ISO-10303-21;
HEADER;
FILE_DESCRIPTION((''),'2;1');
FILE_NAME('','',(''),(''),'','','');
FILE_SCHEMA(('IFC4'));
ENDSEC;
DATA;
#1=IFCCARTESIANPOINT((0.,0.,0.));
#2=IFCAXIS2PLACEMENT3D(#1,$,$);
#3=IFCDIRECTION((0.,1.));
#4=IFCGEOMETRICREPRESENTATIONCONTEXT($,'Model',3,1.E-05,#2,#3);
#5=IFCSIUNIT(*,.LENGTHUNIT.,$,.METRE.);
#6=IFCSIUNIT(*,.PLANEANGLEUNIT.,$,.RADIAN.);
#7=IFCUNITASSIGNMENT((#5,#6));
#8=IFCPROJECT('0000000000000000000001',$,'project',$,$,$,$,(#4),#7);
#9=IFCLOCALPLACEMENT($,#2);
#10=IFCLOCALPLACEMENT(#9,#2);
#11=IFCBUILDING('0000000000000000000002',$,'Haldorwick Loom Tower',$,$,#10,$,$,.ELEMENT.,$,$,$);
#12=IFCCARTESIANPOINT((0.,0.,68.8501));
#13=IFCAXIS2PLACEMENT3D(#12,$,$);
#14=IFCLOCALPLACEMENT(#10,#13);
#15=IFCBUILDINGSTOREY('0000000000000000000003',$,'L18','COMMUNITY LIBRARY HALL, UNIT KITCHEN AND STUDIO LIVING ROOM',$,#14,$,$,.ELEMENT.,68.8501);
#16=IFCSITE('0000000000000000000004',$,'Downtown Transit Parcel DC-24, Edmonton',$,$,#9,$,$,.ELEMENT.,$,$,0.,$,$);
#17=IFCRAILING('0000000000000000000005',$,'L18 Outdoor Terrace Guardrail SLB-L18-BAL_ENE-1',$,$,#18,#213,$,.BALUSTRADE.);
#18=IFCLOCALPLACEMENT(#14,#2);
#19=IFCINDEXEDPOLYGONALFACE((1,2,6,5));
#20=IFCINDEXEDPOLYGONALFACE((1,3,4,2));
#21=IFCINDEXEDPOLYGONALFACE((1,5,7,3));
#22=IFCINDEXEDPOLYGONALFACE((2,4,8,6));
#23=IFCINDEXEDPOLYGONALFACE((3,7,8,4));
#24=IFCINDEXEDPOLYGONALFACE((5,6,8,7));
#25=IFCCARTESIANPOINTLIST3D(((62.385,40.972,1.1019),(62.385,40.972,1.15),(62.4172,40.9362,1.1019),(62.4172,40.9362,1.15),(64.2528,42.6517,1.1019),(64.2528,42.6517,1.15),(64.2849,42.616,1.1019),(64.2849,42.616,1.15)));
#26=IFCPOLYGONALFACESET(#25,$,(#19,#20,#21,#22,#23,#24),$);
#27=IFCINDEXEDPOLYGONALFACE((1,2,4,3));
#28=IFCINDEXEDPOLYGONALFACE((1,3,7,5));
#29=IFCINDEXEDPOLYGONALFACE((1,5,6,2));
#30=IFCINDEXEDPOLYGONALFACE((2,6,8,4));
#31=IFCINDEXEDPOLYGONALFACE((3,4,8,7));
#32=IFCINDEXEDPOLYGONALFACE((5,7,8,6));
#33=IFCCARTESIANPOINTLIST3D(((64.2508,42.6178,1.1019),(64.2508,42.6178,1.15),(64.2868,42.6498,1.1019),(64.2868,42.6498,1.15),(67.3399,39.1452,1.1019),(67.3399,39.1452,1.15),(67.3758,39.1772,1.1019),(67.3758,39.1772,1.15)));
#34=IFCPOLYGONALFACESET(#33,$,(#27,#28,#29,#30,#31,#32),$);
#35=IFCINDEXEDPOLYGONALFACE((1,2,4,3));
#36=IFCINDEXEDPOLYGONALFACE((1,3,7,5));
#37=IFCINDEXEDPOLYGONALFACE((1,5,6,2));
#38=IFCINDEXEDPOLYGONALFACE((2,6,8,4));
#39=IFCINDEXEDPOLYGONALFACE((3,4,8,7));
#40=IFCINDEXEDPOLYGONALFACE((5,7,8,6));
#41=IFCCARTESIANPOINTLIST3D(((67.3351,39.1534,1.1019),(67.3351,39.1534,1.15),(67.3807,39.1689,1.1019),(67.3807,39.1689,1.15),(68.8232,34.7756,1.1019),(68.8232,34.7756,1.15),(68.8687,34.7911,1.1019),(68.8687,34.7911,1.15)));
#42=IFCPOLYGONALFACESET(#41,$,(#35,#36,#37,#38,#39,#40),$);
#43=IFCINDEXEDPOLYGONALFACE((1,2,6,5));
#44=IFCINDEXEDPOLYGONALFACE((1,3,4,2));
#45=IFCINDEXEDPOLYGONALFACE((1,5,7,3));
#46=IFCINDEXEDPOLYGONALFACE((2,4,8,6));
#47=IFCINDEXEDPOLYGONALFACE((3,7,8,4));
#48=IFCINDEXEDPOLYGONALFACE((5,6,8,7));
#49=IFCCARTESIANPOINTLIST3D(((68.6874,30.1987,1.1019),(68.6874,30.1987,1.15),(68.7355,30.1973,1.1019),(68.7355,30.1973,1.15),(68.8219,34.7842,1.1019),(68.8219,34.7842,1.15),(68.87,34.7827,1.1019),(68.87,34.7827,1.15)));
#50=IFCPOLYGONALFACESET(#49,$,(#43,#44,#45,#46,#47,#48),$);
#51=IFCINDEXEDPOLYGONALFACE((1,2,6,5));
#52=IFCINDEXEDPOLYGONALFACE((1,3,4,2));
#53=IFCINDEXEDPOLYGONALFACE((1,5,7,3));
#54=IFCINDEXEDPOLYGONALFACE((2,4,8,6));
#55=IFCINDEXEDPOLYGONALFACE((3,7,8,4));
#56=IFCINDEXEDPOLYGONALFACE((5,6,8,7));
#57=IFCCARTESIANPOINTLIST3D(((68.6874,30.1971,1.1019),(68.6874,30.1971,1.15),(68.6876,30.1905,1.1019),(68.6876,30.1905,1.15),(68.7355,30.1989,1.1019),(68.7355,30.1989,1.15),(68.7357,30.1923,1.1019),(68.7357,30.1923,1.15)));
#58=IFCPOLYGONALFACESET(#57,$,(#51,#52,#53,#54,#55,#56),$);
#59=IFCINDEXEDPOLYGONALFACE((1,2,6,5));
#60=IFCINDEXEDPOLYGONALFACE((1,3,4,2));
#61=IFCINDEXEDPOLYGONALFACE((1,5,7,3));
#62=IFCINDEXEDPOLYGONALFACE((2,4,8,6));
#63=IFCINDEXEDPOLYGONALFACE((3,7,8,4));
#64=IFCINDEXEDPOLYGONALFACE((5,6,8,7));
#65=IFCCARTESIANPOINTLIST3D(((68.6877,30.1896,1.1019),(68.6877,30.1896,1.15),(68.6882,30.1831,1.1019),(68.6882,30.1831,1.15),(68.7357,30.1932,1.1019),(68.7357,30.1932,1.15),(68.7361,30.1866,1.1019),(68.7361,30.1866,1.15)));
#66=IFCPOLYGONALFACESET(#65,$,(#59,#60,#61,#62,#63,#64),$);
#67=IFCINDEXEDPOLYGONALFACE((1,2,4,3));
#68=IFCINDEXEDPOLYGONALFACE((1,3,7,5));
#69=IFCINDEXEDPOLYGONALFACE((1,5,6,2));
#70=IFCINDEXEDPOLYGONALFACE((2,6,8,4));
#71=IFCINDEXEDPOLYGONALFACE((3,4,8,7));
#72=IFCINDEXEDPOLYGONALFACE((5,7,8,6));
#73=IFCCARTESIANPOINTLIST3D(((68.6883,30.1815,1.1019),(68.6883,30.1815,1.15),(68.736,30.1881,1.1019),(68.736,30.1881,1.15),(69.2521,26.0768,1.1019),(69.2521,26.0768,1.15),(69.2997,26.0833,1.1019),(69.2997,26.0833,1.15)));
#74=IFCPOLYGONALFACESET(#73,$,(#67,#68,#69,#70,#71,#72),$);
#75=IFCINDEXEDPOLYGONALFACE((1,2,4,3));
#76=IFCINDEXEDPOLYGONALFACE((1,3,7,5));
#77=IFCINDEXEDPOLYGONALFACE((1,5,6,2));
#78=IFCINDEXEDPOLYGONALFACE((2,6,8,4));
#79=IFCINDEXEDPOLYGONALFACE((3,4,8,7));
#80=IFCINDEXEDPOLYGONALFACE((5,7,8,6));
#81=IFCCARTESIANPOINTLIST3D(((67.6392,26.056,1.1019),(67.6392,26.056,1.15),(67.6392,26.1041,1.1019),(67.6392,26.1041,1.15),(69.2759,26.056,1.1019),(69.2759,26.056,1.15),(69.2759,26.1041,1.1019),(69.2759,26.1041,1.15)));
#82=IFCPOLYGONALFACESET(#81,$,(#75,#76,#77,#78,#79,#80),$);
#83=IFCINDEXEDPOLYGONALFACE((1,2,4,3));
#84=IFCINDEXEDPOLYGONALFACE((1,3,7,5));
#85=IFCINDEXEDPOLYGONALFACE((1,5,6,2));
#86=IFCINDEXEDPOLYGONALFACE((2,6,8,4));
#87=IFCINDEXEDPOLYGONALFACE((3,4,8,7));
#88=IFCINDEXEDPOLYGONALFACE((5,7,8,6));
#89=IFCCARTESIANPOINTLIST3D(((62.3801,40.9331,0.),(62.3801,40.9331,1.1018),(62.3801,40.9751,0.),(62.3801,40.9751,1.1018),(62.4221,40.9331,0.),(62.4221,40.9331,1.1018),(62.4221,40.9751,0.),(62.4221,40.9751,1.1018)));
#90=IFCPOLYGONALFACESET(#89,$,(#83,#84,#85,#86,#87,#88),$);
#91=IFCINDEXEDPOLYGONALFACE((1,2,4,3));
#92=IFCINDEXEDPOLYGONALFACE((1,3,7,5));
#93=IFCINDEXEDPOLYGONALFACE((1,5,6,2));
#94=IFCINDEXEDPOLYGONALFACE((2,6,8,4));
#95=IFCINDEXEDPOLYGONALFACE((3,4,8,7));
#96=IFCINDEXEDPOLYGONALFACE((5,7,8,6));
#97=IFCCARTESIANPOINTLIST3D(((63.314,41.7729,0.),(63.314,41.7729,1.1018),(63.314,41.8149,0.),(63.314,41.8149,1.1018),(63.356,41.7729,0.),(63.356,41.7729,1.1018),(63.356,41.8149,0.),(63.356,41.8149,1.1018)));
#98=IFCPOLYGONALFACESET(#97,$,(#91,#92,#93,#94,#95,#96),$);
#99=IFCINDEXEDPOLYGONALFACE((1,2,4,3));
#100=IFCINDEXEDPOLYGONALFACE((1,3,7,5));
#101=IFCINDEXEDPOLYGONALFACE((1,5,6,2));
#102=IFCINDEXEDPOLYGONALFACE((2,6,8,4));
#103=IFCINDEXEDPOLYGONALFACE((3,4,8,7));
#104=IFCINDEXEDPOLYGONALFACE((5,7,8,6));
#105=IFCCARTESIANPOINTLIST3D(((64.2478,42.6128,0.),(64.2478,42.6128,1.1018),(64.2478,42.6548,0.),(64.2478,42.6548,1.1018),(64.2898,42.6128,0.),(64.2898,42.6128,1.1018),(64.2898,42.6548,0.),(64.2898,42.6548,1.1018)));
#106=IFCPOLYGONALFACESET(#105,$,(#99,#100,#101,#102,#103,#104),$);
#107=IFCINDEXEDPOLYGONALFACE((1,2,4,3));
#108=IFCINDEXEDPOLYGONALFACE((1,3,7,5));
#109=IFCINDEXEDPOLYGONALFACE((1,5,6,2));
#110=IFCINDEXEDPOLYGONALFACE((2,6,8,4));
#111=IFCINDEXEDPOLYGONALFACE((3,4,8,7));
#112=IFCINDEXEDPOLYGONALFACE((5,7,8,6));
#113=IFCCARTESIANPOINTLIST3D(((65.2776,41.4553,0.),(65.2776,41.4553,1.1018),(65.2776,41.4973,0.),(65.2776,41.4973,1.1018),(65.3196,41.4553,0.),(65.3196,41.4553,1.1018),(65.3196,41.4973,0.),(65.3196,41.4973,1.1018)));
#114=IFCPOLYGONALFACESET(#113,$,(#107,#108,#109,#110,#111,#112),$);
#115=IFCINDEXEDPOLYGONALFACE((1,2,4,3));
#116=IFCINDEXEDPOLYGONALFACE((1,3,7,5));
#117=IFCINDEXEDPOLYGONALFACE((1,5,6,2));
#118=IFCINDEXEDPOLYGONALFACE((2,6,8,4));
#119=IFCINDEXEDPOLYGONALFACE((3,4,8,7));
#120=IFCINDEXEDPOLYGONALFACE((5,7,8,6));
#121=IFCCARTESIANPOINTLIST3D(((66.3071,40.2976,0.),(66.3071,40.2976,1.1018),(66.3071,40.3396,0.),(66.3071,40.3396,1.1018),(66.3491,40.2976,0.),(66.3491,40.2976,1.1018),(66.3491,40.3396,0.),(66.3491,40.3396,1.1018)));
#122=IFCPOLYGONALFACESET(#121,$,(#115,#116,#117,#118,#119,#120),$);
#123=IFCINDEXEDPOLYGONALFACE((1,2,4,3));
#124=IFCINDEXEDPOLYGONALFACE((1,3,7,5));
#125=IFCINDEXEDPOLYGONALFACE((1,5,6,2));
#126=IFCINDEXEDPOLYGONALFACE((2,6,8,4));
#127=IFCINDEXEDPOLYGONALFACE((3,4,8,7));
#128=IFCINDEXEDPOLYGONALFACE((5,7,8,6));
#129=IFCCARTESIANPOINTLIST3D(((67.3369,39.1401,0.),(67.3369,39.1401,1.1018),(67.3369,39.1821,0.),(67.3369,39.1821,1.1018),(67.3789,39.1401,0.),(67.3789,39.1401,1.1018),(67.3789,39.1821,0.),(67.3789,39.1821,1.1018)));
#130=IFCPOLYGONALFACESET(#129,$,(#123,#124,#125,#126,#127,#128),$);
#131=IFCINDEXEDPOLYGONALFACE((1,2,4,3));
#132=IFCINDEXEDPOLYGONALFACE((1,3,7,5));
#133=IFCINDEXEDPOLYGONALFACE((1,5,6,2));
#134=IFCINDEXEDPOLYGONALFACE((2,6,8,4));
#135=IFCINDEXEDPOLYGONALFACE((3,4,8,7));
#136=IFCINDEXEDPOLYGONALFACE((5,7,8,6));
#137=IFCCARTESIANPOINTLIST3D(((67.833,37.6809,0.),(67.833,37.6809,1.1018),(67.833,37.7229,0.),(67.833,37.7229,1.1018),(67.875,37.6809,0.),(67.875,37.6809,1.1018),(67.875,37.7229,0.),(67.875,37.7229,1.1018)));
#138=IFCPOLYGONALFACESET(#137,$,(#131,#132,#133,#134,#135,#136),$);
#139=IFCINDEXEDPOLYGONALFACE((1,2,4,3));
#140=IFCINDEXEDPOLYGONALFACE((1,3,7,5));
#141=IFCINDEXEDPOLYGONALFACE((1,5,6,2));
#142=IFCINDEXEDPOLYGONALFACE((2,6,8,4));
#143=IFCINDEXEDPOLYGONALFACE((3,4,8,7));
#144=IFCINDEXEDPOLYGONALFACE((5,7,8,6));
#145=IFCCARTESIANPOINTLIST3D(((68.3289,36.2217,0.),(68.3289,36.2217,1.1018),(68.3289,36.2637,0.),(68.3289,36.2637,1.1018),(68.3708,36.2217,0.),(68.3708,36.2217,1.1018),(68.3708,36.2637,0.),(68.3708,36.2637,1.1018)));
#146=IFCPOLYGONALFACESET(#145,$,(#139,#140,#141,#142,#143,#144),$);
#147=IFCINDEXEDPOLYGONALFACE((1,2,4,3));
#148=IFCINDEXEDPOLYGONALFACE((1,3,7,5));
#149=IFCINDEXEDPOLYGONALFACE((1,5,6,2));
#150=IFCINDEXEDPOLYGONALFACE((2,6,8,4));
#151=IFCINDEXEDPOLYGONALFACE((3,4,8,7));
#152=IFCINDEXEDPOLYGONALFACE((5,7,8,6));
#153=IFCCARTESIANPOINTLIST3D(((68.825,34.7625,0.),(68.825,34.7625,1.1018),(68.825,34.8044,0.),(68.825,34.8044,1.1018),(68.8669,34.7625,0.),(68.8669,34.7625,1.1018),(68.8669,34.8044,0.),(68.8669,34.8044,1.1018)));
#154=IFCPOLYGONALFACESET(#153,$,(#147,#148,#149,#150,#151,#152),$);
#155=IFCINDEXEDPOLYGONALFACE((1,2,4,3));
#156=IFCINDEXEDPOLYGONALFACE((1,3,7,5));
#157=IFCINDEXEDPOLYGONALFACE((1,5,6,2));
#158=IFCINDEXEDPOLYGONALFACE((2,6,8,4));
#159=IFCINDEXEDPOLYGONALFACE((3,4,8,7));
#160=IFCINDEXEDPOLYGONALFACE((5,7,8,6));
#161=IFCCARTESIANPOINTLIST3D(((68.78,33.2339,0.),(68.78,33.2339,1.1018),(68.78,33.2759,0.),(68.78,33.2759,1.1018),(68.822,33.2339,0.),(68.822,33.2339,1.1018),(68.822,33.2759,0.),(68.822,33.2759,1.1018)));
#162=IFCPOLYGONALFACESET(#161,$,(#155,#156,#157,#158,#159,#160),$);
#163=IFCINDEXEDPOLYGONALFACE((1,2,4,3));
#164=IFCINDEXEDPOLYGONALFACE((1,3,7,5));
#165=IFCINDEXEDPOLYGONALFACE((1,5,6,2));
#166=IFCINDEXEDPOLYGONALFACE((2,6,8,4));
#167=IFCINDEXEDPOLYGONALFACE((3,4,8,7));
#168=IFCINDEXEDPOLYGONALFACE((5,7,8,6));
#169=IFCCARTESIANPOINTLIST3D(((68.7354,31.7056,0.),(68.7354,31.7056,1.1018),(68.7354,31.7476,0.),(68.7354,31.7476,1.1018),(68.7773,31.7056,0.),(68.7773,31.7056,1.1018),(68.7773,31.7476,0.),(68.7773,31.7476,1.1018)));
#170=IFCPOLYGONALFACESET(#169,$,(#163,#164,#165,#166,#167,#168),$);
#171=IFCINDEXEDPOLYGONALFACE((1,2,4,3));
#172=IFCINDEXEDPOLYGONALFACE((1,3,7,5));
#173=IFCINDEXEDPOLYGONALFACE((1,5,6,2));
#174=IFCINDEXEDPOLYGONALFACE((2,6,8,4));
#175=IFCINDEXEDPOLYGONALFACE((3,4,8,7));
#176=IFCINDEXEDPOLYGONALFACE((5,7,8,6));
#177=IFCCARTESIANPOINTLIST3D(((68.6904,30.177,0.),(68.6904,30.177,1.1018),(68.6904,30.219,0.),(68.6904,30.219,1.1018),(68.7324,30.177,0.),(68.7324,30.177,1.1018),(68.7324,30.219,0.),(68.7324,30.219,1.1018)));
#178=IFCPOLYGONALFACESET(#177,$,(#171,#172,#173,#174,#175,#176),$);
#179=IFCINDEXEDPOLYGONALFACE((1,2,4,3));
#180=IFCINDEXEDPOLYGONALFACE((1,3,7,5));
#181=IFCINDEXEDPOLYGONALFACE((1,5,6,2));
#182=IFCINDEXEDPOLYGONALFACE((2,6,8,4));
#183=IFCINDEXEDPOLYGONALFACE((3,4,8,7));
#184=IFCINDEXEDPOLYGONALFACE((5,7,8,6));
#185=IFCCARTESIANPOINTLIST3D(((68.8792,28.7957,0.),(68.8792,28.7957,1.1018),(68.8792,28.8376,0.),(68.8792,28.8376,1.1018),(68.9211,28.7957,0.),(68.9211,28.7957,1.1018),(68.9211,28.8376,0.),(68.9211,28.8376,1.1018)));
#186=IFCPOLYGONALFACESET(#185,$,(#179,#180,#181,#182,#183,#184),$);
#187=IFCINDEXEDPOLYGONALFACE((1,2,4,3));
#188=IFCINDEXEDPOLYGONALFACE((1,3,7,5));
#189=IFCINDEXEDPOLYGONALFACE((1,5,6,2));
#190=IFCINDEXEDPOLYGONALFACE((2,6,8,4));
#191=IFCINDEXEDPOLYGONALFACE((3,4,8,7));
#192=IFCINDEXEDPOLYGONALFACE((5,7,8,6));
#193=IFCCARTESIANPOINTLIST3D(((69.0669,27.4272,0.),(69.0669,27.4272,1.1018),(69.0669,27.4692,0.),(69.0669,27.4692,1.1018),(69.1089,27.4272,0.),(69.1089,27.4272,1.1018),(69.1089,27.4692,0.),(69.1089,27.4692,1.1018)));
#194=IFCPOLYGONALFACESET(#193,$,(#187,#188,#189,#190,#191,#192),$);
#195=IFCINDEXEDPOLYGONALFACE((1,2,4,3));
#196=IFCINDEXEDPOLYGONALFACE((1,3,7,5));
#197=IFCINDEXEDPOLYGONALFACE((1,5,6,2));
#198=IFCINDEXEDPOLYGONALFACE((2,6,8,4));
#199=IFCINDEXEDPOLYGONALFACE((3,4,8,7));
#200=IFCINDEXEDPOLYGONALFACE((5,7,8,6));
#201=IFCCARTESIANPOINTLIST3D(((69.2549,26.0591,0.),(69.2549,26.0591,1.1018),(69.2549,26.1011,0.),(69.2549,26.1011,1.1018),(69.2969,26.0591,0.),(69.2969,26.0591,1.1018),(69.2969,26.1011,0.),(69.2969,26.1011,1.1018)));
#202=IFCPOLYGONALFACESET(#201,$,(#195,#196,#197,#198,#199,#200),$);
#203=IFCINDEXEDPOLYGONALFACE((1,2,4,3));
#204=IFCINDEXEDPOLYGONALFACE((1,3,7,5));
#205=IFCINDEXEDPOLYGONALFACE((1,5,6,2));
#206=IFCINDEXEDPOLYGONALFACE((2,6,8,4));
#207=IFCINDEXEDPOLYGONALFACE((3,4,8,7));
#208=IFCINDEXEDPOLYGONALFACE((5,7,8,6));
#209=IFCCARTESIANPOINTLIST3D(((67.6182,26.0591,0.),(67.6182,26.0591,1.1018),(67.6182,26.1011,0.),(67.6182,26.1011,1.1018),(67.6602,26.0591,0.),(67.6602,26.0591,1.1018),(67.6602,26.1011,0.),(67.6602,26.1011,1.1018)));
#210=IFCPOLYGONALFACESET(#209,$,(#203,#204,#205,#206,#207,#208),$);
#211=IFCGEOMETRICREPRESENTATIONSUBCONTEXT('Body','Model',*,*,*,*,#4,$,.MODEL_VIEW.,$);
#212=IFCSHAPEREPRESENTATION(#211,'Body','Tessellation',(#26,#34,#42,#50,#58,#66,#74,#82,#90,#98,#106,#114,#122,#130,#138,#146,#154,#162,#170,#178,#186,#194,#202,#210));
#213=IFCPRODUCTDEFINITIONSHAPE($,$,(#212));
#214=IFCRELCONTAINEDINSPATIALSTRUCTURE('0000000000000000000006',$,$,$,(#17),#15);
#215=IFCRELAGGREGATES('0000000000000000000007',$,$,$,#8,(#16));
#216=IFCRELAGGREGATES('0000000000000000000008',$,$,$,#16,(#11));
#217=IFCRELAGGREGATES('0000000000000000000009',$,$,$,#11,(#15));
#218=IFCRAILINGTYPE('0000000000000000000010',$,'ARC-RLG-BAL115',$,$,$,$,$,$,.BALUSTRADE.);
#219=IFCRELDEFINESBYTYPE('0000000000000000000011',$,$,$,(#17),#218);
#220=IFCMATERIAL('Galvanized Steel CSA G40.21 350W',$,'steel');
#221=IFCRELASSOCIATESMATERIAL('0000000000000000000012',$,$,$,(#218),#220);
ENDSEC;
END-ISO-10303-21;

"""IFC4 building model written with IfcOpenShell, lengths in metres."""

from ifc_helpers import new_model, si_unit, direction, frame, origin, origin_2d, place, context, subcontext, project, spatial, rectangle, extrude, material, type_object, element, save


model = new_model("IFC4")

# Units and contexts
model_context = context("Model", 3, precision=1e-05, world=origin(), true_north=direction((0.0, 1.0)))
body_context = subcontext(model_context, "Body", "Model", "MODEL_VIEW")
ifc_project = project(units=[si_unit("LENGTHUNIT", "METRE"), si_unit("PLANEANGLEUNIT", "RADIAN")], contexts=[model_context])

# Site, building, storey
site_placement = place(None, origin())
site = spatial("IfcSite", under=ifc_project, at=site_placement, Name="Downtown Transit Parcel DC-24, Edmonton", CompositionType="ELEMENT", RefElevation=0.0)
building_placement = place(site_placement, origin())
building = spatial("IfcBuilding", under=site, at=building_placement, Name="Haldorwick Loom Tower", CompositionType="ELEMENT")
storey_placement = place(building_placement, frame((0.0, 0.0, 68.8501)))
storey = spatial("IfcBuildingStorey", under=building, at=storey_placement, Name="L18", Description="COMMUNITY LIBRARY HALL, UNIT KITCHEN AND STUDIO LIVING ROOM", CompositionType="ELEMENT", Elevation=68.8501)

# Railing
ifc_material_1 = material(Name="Galvanized Steel CSA G40.21 350W", Category="steel")
railing_type = type_object("IfcRailingType", Name="ARC-RLG-BAL115", PredefinedType="BALUSTRADE", material=ifc_material_1)
railing_placement = place(storey_placement, frame((62.4011, 40.9541, 0.0)))
element("IfcRailing", 1, at=railing_placement, inside=storey, type_object=railing_type, Name="L18 Outdoor Terrace Guardrail SLB-L18-BAL_ENE-1", PredefinedType="BALUSTRADE", context=body_context, shape_type="SweptSolid", body=[
    extrude(rectangle(XDim=0.0481, YDim=0.0481, at=origin_2d()), frame((0.0, 0.0, 1.126), z_axis=(0.743536, 0.668696, 0.0), x_axis=(-0.668696, 0.743536, 0.0)), (0.0, 0.0, 1.0), 2.512),
    extrude(rectangle(XDim=0.0481, YDim=0.0481, at=origin_2d()), frame((1.8677, 1.6797, 1.126), z_axis=(0.664641, -0.747163, 0.0), x_axis=(0.747163, 0.664641, 0.0)), (0.0, 0.0, 1.0), 4.6477),
    extrude(rectangle(XDim=0.0481, YDim=0.0481, at=origin_2d()), frame((4.9568, -1.793, 1.126), z_axis=(0.32183, -0.946798, 0.0), x_axis=(0.946798, 0.32183, 0.0)), (0.0, 0.0, 1.0), 4.6238),
    extrude(rectangle(XDim=0.0481, YDim=0.0481, at=origin_2d()), frame((6.4448, -6.1707, 1.126), z_axis=(-0.029324, -0.99957, 0.0), x_axis=(0.99957, -0.029324, 0.0)), (0.0, 0.0, 1.0), 4.5874),
    extrude(rectangle(XDim=0.0481, YDim=0.0481, at=origin_2d()), frame((6.3103, -10.7561, 1.126), z_axis=(0.037012, -0.999315, 0.0), x_axis=(0.999315, 0.037012, 0.0)), (0.0, 0.0, 1.0), 0.0066),
    extrude(rectangle(XDim=0.0481, YDim=0.0481, at=origin_2d()), frame((6.3105, -10.7627, 1.126), z_axis=(0.073872, -0.997268, 0.0), x_axis=(0.997268, 0.073872, 0.0)), (0.0, 0.0, 1.0), 0.0066),
    extrude(rectangle(XDim=0.0481, YDim=0.0481, at=origin_2d()), frame((6.311, -10.7693, 1.126), z_axis=(0.136057, -0.990701, 0.0), x_axis=(0.990701, 0.136057, 0.0)), (0.0, 0.0, 1.0), 4.1433),
    extrude(rectangle(XDim=0.0481, YDim=0.0481, at=origin_2d()), frame((6.8748, -14.874, 1.126), z_axis=(-1.0, 0.0, 0.0), x_axis=(0.0, -1.0, 0.0)), (0.0, 0.0, 1.0), 1.6367),
    extrude(rectangle(XDim=0.042, YDim=0.042, at=origin_2d()), origin(), (0.0, 0.0, 1.0), 1.1018),
    extrude(rectangle(XDim=0.042, YDim=0.042, at=origin_2d()), frame((0.9338, 0.8398, 0.0)), (0.0, 0.0, 1.0), 1.1018),
    extrude(rectangle(XDim=0.042, YDim=0.042, at=origin_2d()), frame((1.8677, 1.6797, 0.0)), (0.0, 0.0, 1.0), 1.1018),
    extrude(rectangle(XDim=0.042, YDim=0.042, at=origin_2d()), frame((2.8975, 0.5222, 0.0)), (0.0, 0.0, 1.0), 1.1018),
    extrude(rectangle(XDim=0.042, YDim=0.042, at=origin_2d()), frame((3.927, -0.6355, 0.0)), (0.0, 0.0, 1.0), 1.1018),
    extrude(rectangle(XDim=0.042, YDim=0.042, at=origin_2d()), frame((4.9568, -1.793, 0.0)), (0.0, 0.0, 1.0), 1.1018),
    extrude(rectangle(XDim=0.042, YDim=0.042, at=origin_2d()), frame((5.4529, -3.2522, 0.0)), (0.0, 0.0, 1.0), 1.1018),
    extrude(rectangle(XDim=0.042, YDim=0.042, at=origin_2d()), frame((5.9487, -4.7114, 0.0)), (0.0, 0.0, 1.0), 1.1018),
    extrude(rectangle(XDim=0.042, YDim=0.042, at=origin_2d()), frame((6.4448, -6.1707, 0.0)), (0.0, 0.0, 1.0), 1.1018),
    extrude(rectangle(XDim=0.042, YDim=0.042, at=origin_2d()), frame((6.3999, -7.6992, 0.0)), (0.0, 0.0, 1.0), 1.1018),
    extrude(rectangle(XDim=0.042, YDim=0.042, at=origin_2d()), frame((6.3552, -9.2275, 0.0)), (0.0, 0.0, 1.0), 1.1018),
    extrude(rectangle(XDim=0.042, YDim=0.042, at=origin_2d()), frame((6.3103, -10.7561, 0.0)), (0.0, 0.0, 1.0), 1.1018),
    extrude(rectangle(XDim=0.042, YDim=0.042, at=origin_2d()), frame((6.499, -12.1375, 0.0)), (0.0, 0.0, 1.0), 1.1018),
    extrude(rectangle(XDim=0.042, YDim=0.042, at=origin_2d()), frame((6.6868, -13.5059, 0.0)), (0.0, 0.0, 1.0), 1.1018),
    extrude(rectangle(XDim=0.042, YDim=0.042, at=origin_2d()), frame((6.8748, -14.874, 0.0)), (0.0, 0.0, 1.0), 1.1018),
    extrude(rectangle(XDim=0.042, YDim=0.042, at=origin_2d()), frame((5.238, -14.874, 0.0)), (0.0, 0.0, 1.0), 1.1018),
])

save(model, "model.ifc")
